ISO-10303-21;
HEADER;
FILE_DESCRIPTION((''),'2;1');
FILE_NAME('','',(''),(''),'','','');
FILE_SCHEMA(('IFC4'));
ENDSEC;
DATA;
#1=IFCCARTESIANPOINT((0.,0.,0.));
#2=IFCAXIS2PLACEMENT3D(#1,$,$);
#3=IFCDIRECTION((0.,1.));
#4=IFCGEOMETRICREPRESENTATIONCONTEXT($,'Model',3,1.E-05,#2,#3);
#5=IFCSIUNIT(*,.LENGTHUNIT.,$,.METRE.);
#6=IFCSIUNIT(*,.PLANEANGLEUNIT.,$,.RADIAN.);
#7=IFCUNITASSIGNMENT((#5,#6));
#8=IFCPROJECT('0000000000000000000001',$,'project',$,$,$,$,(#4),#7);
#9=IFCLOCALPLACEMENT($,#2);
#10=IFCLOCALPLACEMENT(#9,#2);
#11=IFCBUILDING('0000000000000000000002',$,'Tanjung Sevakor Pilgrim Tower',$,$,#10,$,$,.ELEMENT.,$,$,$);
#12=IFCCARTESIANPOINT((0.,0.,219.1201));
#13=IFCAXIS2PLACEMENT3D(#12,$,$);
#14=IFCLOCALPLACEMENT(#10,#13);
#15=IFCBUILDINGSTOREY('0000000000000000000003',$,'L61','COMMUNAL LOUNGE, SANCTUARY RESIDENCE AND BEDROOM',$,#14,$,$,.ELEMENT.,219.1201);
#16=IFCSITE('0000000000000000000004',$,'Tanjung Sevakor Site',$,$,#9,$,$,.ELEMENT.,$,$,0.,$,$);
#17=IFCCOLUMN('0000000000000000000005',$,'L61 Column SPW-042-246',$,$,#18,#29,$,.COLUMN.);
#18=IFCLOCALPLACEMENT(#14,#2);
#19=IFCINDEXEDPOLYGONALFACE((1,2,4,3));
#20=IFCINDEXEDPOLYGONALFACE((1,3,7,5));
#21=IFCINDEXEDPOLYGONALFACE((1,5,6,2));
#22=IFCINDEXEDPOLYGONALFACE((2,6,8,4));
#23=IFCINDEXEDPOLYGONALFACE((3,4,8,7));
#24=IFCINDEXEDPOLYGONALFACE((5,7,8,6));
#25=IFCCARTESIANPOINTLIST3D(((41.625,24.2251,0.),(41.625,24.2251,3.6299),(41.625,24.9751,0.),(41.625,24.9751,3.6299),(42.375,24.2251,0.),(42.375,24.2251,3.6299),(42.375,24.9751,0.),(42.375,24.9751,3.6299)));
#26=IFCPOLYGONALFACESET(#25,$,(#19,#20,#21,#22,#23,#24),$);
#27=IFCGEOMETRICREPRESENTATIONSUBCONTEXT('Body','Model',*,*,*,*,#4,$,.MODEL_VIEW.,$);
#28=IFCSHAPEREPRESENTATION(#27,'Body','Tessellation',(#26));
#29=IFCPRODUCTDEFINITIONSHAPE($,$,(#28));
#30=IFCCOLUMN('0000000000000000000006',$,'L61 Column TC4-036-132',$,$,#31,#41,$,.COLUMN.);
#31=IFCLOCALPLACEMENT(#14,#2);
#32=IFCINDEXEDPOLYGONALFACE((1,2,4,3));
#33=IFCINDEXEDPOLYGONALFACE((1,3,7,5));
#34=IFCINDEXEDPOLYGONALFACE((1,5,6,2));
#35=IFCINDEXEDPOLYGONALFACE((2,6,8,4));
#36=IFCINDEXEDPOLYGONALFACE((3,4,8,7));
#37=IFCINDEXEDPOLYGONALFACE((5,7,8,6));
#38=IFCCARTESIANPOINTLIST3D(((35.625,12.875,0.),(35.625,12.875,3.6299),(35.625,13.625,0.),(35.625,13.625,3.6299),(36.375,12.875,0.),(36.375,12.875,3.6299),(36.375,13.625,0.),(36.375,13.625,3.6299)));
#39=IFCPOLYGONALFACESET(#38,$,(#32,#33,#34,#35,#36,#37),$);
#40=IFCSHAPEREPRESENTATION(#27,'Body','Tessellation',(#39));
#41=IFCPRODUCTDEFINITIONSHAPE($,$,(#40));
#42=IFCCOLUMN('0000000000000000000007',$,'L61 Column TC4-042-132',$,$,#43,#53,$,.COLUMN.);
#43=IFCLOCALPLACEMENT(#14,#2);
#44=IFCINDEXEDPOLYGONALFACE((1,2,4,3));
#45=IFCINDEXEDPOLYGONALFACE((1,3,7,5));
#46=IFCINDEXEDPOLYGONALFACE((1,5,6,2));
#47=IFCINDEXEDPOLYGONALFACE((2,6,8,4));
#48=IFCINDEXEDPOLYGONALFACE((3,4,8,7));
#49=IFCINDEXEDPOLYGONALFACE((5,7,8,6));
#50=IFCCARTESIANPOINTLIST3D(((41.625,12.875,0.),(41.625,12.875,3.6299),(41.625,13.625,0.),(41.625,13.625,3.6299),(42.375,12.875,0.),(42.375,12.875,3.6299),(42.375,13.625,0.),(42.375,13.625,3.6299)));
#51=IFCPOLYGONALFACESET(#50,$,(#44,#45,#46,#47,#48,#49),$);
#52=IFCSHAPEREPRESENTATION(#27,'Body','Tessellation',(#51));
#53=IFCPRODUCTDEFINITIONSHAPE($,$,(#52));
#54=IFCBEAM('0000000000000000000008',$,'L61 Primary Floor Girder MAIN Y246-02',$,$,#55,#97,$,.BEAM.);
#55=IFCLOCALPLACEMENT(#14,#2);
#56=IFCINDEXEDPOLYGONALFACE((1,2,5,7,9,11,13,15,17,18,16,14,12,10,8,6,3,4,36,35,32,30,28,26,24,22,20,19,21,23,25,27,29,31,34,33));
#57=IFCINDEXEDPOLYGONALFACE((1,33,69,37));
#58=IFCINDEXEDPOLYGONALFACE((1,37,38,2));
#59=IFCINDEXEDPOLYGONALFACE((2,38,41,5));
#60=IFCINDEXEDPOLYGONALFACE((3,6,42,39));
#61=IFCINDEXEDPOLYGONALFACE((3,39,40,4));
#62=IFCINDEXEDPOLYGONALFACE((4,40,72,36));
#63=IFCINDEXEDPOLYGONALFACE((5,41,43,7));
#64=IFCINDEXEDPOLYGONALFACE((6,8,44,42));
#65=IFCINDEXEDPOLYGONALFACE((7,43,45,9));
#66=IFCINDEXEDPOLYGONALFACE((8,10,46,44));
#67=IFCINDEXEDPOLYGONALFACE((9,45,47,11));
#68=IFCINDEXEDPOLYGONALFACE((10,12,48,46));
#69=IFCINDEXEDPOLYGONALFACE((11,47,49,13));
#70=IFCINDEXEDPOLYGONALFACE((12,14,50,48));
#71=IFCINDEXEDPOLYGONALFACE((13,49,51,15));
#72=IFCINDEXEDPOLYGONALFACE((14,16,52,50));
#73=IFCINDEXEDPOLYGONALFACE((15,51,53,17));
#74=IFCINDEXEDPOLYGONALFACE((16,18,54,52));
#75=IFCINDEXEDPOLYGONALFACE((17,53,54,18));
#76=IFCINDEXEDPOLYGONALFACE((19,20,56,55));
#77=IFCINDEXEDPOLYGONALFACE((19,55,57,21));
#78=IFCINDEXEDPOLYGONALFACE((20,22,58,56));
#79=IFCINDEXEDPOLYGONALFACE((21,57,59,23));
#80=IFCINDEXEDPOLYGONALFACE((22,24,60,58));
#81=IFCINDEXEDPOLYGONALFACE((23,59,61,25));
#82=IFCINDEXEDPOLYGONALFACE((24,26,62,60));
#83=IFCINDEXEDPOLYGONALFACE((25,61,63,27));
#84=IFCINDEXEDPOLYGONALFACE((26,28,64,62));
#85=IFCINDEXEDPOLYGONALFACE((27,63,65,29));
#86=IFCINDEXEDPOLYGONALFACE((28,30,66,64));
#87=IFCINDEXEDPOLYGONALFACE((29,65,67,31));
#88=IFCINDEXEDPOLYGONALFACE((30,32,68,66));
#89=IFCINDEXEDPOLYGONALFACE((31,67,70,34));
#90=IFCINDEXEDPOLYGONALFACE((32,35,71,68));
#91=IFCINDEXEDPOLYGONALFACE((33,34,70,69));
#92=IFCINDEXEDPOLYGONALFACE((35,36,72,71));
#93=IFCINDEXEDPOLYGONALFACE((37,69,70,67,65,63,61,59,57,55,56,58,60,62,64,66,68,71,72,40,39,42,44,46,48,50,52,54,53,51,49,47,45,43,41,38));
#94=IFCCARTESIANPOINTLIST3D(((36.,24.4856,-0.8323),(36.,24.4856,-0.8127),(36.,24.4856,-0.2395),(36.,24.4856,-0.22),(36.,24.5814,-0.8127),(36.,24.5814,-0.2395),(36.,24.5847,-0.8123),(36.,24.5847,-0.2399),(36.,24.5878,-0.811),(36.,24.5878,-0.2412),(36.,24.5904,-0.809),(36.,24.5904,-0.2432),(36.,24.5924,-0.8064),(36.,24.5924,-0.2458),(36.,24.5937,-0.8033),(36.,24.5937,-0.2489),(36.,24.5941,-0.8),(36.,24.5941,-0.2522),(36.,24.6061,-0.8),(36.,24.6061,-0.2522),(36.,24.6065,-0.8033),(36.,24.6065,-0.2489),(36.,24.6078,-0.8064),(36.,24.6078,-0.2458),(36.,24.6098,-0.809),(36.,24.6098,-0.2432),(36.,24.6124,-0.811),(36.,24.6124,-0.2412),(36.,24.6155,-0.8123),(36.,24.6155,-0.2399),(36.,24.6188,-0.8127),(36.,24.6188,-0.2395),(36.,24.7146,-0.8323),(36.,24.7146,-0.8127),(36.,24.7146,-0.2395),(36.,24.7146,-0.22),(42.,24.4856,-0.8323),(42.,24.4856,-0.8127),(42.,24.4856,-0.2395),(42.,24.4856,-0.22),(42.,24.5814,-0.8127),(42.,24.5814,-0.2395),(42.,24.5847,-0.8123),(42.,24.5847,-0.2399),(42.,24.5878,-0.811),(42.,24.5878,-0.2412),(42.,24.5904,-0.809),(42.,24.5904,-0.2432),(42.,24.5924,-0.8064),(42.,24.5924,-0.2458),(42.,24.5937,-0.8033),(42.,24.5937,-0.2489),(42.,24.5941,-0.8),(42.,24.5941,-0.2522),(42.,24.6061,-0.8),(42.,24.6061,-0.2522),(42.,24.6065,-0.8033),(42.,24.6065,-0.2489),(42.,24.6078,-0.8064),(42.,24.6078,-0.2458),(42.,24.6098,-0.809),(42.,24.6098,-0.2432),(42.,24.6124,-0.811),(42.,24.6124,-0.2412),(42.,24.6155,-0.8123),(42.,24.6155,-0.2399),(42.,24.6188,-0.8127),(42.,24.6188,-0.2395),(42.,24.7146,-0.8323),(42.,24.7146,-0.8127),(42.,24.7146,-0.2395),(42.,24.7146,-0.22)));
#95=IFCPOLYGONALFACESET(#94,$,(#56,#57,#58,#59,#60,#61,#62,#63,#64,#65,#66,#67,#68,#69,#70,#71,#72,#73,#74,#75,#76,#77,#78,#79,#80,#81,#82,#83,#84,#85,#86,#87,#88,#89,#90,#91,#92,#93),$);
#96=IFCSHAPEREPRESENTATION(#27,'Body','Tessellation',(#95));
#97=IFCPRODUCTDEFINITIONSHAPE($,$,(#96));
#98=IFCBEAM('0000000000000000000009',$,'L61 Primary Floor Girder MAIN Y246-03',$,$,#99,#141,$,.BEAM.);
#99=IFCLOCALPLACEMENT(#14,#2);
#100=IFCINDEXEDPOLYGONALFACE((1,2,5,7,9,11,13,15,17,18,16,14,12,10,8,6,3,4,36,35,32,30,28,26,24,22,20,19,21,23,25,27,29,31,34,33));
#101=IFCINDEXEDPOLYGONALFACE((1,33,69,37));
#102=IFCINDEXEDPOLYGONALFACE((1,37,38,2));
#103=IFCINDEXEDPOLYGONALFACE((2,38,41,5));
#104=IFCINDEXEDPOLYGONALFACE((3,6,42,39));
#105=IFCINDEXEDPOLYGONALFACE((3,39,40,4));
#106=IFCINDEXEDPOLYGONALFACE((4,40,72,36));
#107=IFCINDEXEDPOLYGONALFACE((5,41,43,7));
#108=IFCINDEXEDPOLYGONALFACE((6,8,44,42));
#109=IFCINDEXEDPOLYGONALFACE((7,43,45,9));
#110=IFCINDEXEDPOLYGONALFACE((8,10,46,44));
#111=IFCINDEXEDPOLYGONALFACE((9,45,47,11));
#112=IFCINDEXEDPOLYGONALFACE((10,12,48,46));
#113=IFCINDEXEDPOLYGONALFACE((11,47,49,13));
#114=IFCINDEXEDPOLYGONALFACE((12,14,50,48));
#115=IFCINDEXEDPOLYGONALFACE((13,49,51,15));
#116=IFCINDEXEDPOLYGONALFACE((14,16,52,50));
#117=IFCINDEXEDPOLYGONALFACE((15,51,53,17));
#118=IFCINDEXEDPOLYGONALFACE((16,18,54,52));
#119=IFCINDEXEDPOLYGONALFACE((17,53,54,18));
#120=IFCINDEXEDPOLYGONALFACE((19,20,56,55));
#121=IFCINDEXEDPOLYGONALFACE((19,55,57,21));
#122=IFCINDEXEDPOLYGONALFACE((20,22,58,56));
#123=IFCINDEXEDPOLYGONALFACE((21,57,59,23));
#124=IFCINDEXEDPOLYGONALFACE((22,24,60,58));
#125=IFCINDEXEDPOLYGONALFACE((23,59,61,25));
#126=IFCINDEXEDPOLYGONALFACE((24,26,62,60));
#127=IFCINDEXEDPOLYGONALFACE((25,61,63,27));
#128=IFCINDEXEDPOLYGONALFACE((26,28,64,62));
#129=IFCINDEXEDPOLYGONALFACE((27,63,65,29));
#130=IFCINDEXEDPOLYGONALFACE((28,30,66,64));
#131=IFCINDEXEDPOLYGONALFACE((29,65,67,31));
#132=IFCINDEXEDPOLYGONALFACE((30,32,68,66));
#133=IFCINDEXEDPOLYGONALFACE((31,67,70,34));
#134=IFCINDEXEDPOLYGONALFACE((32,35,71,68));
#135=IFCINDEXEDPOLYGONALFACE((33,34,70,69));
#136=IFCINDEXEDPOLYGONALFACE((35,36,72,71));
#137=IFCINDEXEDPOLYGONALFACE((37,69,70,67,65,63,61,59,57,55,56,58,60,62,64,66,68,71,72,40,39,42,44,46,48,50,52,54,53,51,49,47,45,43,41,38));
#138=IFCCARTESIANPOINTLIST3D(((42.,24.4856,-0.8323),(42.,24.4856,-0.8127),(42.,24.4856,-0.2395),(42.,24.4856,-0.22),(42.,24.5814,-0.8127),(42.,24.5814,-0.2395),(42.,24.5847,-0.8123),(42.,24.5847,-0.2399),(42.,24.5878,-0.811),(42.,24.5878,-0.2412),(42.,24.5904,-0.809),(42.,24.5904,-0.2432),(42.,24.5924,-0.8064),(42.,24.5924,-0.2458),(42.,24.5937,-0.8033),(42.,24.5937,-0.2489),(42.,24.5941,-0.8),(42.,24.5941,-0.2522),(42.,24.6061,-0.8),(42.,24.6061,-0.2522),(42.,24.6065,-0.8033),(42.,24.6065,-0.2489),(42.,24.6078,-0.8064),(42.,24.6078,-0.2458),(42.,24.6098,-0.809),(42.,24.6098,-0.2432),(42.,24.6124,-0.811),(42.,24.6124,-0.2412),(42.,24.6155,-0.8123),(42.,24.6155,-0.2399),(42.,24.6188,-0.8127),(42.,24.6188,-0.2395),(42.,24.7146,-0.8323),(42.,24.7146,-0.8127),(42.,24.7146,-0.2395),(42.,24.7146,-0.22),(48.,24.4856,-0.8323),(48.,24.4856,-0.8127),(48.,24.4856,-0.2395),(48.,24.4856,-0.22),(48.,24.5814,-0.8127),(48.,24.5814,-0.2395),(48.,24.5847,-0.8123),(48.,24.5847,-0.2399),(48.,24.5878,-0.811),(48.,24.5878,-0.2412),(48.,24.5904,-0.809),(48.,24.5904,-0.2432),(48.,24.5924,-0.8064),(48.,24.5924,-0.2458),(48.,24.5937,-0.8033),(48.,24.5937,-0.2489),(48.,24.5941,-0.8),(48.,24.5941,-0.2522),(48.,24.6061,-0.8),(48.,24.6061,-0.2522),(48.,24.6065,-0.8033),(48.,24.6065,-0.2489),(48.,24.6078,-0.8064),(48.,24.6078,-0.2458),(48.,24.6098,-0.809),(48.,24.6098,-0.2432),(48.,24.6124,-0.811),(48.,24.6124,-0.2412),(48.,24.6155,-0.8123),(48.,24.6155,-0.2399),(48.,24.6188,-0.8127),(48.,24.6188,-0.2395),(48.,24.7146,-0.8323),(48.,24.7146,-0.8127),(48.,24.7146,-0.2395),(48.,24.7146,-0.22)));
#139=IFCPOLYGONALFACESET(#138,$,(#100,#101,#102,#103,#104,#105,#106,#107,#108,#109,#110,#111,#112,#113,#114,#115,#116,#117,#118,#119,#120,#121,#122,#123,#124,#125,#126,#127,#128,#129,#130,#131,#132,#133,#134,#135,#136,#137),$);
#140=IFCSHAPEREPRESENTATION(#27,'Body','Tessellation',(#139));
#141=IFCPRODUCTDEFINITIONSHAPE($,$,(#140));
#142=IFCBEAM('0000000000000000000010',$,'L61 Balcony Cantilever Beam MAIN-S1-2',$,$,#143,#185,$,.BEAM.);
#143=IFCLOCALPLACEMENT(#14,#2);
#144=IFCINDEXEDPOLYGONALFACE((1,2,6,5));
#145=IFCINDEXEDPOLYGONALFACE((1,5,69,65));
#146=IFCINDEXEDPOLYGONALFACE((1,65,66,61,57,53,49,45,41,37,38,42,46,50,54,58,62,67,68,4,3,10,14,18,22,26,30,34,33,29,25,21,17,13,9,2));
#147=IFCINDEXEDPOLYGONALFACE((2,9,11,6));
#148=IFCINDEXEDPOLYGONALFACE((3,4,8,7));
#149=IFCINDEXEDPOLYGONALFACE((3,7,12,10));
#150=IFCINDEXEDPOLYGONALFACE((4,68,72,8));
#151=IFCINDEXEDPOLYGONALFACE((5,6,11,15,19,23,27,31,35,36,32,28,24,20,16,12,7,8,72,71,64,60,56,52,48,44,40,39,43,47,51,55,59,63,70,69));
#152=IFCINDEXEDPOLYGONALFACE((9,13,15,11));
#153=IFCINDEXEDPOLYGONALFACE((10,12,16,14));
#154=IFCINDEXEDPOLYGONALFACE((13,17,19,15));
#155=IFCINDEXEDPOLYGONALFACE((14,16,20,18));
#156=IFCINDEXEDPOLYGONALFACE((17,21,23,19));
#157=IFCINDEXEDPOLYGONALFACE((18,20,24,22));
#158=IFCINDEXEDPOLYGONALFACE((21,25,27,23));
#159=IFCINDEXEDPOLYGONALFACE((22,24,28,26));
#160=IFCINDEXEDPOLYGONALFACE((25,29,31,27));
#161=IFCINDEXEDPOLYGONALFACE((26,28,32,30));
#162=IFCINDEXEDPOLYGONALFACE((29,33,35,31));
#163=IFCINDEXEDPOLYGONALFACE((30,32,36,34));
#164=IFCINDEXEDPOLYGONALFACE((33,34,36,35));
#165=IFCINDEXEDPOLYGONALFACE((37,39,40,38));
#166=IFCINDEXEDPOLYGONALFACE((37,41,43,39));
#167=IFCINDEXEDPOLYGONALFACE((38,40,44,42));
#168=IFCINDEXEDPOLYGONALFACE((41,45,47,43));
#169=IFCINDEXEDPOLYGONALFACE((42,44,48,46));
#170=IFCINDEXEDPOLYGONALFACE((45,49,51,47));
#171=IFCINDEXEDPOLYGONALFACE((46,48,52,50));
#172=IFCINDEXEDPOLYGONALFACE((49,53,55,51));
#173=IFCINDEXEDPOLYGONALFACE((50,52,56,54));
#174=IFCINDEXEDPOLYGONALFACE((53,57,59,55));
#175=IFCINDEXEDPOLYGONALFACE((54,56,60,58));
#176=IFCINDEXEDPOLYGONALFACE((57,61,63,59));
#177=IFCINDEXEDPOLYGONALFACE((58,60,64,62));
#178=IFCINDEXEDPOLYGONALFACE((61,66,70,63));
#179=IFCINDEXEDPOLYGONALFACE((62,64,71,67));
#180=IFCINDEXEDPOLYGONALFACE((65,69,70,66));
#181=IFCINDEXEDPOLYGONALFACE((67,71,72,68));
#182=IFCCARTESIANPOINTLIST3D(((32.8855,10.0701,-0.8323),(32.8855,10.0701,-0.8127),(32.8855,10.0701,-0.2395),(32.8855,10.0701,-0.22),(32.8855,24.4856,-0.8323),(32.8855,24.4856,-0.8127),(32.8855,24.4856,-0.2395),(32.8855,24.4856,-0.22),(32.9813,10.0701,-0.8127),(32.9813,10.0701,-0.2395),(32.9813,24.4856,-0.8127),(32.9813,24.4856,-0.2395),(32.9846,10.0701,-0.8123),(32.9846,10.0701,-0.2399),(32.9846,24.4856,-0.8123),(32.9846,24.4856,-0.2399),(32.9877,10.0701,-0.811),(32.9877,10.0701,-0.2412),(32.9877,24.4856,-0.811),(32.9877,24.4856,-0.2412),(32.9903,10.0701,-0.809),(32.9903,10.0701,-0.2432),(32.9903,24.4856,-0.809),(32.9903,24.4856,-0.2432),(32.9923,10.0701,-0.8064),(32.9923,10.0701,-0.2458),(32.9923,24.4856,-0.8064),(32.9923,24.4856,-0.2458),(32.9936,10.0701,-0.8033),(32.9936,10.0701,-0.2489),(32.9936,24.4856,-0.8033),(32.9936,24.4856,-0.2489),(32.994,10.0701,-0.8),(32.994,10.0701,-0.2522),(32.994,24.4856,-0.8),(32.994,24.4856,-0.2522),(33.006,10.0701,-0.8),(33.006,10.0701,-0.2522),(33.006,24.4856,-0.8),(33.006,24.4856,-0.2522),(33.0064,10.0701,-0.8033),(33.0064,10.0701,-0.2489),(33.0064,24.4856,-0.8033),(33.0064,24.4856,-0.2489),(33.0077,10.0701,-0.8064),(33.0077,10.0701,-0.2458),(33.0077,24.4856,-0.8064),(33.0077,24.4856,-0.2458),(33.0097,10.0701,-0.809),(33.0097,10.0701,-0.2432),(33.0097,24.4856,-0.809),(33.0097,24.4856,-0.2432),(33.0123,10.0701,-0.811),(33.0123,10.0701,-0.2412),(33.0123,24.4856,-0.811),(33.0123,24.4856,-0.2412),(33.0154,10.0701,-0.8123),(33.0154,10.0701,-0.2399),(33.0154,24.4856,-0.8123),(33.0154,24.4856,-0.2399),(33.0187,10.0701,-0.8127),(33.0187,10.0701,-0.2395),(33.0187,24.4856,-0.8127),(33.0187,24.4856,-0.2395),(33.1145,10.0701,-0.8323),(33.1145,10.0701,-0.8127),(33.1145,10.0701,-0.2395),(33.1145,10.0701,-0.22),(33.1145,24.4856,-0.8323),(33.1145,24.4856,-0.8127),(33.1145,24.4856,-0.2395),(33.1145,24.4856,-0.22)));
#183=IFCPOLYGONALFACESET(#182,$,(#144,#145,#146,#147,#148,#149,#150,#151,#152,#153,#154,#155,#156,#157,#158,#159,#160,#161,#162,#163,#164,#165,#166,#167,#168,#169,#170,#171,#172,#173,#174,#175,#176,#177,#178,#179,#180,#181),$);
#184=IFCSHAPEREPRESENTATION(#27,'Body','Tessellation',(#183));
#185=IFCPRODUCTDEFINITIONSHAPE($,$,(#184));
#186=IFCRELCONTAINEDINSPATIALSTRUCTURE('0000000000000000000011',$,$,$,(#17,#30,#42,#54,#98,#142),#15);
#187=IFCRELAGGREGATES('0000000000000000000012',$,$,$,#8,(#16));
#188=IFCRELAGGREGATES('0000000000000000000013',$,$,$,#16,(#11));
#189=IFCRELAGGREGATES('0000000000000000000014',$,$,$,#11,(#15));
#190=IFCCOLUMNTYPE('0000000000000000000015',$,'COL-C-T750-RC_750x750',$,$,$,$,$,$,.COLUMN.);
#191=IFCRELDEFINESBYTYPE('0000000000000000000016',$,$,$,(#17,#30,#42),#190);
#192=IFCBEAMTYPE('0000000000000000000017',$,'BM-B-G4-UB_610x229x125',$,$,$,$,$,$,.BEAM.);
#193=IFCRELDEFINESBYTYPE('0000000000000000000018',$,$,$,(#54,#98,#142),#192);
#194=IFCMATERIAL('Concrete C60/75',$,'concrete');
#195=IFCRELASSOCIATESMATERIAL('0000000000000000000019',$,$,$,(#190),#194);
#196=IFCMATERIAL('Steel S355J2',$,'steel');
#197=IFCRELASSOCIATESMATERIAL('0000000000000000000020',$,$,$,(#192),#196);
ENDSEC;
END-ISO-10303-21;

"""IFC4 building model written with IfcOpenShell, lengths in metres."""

from ifc_helpers import new_model, si_unit, direction, frame, origin, origin_2d, place, context, subcontext, project, spatial, rectangle, i_section, extrude, material, material_profile, profile_set, type_object, element, save


model = new_model("IFC4")

# Units and contexts
model_context = context("Model", 3, precision=1e-05, world=origin(), true_north=direction((0.0, 1.0)))
body_context = subcontext(model_context, "Body", "Model", "MODEL_VIEW")
ifc_project = project(units=[si_unit("LENGTHUNIT", "METRE"), si_unit("PLANEANGLEUNIT", "RADIAN")], contexts=[model_context])

# Site, building, storey
site_placement = place(None, origin())
site = spatial("IfcSite", under=ifc_project, at=site_placement, Name="Tanjung Sevakor Site", CompositionType="ELEMENT", RefElevation=0.0)
building_placement = place(site_placement, origin())
building = spatial("IfcBuilding", under=site, at=building_placement, Name="Tanjung Sevakor Pilgrim Tower", CompositionType="ELEMENT")
storey_placement = place(building_placement, frame((0.0, 0.0, 219.1201)))
storey = spatial("IfcBuildingStorey", under=building, at=storey_placement, Name="L61", Description="COMMUNAL LOUNGE, SANCTUARY RESIDENCE AND BEDROOM", CompositionType="ELEMENT", Elevation=219.1201)

# Columns
ifc_material_1 = material(Name="Concrete C60/75", Category="concrete")
ifc_material_profile_1 = material_profile(ifc_material_1, rectangle(XDim=0.75, YDim=0.75, at=origin_2d()))
ifc_profile_set_1 = profile_set([ifc_material_profile_1], Name="Concrete C60/75")
column_type = type_object("IfcColumnType", Name="COL-C-T750-RC_750x750", PredefinedType="COLUMN", material=ifc_profile_set_1)
for number, where, z_axis, x_axis, name in (
    (1, (42.0, 24.6001, 0.0), (0.0, 0.0, 1.0), (1.0, 0.0, 0.0), "L61 Column SPW-042-246"),
    (2, (36.0, 13.25, 0.0), (0.0, 0.0, 1.0), (1.0, 0.0, 0.0), "L61 Column TC4-036-132"),
    (3, (42.0, 13.25, 0.0), (0.0, 0.0, 1.0), (1.0, 0.0, 0.0), "L61 Column TC4-042-132"),
):
    element("IfcColumn", number, at=place(storey_placement, frame(where, z_axis=z_axis, x_axis=x_axis)), inside=storey, type_object=column_type, Name=name, PredefinedType="COLUMN", context=body_context, shape_type="SweptSolid", body=[
        extrude(rectangle(XDim=0.75, YDim=0.75, at=origin_2d()), origin(), (0.0, 0.0, 1.0), 3.6299),
    ])

# Beams
ifc_material_2 = material(Name="Steel S355J2", Category="steel")
ifc_material_profile_2 = material_profile(ifc_material_2, i_section(OverallWidth=0.229, OverallDepth=0.6123, WebThickness=0.012, FlangeThickness=0.0195, FilletRadius=0.0127, at=origin_2d()))
ifc_profile_set_2 = profile_set([ifc_material_profile_2], Name="Steel S355J2")
beam_type_1 = type_object("IfcBeamType", Name="BM-B-G4-UB_610x229x125", PredefinedType="BEAM", material=ifc_profile_set_2)
for number, where, z_axis, x_axis, name in (
    (4, (36.0, 24.6001, -0.5261), (1.0, 0.0, 0.0), (0.0, 1.0, 0.0), "L61 Primary Floor Girder MAIN Y246-02"),
    (5, (42.0, 24.6001, -0.5261), (1.0, 0.0, 0.0), (0.0, 1.0, 0.0), "L61 Primary Floor Girder MAIN Y246-03"),
):
    element("IfcBeam", number, at=place(storey_placement, frame(where, z_axis=z_axis, x_axis=x_axis)), inside=storey, type_object=beam_type_1, Name=name, PredefinedType="BEAM", context=body_context, shape_type="SweptSolid", body=[
        extrude(i_section(OverallWidth=0.229, OverallDepth=0.6123, WebThickness=0.012, FlangeThickness=0.0195, FilletRadius=0.0127, at=origin_2d()), origin(), (0.0, 0.0, 1.0), 6.0),
    ])
beam_1_placement = place(storey_placement, frame((33.0, 24.4856, -0.5261), z_axis=(0.0, -1.0, 0.0), x_axis=(1.0, 0.0, 0.0)))
element("IfcBeam", 6, at=beam_1_placement, inside=storey, type_object=beam_type_1, Name="L61 Balcony Cantilever Beam MAIN-S1-2", PredefinedType="BEAM", context=body_context, shape_type="SweptSolid", body=[
    extrude(i_section(OverallWidth=0.229, OverallDepth=0.6123, WebThickness=0.012, FlangeThickness=0.0195, FilletRadius=0.0127, at=origin_2d()), origin(), (0.0, 0.0, 1.0), 14.4155),
])

save(model, "model.ifc")
